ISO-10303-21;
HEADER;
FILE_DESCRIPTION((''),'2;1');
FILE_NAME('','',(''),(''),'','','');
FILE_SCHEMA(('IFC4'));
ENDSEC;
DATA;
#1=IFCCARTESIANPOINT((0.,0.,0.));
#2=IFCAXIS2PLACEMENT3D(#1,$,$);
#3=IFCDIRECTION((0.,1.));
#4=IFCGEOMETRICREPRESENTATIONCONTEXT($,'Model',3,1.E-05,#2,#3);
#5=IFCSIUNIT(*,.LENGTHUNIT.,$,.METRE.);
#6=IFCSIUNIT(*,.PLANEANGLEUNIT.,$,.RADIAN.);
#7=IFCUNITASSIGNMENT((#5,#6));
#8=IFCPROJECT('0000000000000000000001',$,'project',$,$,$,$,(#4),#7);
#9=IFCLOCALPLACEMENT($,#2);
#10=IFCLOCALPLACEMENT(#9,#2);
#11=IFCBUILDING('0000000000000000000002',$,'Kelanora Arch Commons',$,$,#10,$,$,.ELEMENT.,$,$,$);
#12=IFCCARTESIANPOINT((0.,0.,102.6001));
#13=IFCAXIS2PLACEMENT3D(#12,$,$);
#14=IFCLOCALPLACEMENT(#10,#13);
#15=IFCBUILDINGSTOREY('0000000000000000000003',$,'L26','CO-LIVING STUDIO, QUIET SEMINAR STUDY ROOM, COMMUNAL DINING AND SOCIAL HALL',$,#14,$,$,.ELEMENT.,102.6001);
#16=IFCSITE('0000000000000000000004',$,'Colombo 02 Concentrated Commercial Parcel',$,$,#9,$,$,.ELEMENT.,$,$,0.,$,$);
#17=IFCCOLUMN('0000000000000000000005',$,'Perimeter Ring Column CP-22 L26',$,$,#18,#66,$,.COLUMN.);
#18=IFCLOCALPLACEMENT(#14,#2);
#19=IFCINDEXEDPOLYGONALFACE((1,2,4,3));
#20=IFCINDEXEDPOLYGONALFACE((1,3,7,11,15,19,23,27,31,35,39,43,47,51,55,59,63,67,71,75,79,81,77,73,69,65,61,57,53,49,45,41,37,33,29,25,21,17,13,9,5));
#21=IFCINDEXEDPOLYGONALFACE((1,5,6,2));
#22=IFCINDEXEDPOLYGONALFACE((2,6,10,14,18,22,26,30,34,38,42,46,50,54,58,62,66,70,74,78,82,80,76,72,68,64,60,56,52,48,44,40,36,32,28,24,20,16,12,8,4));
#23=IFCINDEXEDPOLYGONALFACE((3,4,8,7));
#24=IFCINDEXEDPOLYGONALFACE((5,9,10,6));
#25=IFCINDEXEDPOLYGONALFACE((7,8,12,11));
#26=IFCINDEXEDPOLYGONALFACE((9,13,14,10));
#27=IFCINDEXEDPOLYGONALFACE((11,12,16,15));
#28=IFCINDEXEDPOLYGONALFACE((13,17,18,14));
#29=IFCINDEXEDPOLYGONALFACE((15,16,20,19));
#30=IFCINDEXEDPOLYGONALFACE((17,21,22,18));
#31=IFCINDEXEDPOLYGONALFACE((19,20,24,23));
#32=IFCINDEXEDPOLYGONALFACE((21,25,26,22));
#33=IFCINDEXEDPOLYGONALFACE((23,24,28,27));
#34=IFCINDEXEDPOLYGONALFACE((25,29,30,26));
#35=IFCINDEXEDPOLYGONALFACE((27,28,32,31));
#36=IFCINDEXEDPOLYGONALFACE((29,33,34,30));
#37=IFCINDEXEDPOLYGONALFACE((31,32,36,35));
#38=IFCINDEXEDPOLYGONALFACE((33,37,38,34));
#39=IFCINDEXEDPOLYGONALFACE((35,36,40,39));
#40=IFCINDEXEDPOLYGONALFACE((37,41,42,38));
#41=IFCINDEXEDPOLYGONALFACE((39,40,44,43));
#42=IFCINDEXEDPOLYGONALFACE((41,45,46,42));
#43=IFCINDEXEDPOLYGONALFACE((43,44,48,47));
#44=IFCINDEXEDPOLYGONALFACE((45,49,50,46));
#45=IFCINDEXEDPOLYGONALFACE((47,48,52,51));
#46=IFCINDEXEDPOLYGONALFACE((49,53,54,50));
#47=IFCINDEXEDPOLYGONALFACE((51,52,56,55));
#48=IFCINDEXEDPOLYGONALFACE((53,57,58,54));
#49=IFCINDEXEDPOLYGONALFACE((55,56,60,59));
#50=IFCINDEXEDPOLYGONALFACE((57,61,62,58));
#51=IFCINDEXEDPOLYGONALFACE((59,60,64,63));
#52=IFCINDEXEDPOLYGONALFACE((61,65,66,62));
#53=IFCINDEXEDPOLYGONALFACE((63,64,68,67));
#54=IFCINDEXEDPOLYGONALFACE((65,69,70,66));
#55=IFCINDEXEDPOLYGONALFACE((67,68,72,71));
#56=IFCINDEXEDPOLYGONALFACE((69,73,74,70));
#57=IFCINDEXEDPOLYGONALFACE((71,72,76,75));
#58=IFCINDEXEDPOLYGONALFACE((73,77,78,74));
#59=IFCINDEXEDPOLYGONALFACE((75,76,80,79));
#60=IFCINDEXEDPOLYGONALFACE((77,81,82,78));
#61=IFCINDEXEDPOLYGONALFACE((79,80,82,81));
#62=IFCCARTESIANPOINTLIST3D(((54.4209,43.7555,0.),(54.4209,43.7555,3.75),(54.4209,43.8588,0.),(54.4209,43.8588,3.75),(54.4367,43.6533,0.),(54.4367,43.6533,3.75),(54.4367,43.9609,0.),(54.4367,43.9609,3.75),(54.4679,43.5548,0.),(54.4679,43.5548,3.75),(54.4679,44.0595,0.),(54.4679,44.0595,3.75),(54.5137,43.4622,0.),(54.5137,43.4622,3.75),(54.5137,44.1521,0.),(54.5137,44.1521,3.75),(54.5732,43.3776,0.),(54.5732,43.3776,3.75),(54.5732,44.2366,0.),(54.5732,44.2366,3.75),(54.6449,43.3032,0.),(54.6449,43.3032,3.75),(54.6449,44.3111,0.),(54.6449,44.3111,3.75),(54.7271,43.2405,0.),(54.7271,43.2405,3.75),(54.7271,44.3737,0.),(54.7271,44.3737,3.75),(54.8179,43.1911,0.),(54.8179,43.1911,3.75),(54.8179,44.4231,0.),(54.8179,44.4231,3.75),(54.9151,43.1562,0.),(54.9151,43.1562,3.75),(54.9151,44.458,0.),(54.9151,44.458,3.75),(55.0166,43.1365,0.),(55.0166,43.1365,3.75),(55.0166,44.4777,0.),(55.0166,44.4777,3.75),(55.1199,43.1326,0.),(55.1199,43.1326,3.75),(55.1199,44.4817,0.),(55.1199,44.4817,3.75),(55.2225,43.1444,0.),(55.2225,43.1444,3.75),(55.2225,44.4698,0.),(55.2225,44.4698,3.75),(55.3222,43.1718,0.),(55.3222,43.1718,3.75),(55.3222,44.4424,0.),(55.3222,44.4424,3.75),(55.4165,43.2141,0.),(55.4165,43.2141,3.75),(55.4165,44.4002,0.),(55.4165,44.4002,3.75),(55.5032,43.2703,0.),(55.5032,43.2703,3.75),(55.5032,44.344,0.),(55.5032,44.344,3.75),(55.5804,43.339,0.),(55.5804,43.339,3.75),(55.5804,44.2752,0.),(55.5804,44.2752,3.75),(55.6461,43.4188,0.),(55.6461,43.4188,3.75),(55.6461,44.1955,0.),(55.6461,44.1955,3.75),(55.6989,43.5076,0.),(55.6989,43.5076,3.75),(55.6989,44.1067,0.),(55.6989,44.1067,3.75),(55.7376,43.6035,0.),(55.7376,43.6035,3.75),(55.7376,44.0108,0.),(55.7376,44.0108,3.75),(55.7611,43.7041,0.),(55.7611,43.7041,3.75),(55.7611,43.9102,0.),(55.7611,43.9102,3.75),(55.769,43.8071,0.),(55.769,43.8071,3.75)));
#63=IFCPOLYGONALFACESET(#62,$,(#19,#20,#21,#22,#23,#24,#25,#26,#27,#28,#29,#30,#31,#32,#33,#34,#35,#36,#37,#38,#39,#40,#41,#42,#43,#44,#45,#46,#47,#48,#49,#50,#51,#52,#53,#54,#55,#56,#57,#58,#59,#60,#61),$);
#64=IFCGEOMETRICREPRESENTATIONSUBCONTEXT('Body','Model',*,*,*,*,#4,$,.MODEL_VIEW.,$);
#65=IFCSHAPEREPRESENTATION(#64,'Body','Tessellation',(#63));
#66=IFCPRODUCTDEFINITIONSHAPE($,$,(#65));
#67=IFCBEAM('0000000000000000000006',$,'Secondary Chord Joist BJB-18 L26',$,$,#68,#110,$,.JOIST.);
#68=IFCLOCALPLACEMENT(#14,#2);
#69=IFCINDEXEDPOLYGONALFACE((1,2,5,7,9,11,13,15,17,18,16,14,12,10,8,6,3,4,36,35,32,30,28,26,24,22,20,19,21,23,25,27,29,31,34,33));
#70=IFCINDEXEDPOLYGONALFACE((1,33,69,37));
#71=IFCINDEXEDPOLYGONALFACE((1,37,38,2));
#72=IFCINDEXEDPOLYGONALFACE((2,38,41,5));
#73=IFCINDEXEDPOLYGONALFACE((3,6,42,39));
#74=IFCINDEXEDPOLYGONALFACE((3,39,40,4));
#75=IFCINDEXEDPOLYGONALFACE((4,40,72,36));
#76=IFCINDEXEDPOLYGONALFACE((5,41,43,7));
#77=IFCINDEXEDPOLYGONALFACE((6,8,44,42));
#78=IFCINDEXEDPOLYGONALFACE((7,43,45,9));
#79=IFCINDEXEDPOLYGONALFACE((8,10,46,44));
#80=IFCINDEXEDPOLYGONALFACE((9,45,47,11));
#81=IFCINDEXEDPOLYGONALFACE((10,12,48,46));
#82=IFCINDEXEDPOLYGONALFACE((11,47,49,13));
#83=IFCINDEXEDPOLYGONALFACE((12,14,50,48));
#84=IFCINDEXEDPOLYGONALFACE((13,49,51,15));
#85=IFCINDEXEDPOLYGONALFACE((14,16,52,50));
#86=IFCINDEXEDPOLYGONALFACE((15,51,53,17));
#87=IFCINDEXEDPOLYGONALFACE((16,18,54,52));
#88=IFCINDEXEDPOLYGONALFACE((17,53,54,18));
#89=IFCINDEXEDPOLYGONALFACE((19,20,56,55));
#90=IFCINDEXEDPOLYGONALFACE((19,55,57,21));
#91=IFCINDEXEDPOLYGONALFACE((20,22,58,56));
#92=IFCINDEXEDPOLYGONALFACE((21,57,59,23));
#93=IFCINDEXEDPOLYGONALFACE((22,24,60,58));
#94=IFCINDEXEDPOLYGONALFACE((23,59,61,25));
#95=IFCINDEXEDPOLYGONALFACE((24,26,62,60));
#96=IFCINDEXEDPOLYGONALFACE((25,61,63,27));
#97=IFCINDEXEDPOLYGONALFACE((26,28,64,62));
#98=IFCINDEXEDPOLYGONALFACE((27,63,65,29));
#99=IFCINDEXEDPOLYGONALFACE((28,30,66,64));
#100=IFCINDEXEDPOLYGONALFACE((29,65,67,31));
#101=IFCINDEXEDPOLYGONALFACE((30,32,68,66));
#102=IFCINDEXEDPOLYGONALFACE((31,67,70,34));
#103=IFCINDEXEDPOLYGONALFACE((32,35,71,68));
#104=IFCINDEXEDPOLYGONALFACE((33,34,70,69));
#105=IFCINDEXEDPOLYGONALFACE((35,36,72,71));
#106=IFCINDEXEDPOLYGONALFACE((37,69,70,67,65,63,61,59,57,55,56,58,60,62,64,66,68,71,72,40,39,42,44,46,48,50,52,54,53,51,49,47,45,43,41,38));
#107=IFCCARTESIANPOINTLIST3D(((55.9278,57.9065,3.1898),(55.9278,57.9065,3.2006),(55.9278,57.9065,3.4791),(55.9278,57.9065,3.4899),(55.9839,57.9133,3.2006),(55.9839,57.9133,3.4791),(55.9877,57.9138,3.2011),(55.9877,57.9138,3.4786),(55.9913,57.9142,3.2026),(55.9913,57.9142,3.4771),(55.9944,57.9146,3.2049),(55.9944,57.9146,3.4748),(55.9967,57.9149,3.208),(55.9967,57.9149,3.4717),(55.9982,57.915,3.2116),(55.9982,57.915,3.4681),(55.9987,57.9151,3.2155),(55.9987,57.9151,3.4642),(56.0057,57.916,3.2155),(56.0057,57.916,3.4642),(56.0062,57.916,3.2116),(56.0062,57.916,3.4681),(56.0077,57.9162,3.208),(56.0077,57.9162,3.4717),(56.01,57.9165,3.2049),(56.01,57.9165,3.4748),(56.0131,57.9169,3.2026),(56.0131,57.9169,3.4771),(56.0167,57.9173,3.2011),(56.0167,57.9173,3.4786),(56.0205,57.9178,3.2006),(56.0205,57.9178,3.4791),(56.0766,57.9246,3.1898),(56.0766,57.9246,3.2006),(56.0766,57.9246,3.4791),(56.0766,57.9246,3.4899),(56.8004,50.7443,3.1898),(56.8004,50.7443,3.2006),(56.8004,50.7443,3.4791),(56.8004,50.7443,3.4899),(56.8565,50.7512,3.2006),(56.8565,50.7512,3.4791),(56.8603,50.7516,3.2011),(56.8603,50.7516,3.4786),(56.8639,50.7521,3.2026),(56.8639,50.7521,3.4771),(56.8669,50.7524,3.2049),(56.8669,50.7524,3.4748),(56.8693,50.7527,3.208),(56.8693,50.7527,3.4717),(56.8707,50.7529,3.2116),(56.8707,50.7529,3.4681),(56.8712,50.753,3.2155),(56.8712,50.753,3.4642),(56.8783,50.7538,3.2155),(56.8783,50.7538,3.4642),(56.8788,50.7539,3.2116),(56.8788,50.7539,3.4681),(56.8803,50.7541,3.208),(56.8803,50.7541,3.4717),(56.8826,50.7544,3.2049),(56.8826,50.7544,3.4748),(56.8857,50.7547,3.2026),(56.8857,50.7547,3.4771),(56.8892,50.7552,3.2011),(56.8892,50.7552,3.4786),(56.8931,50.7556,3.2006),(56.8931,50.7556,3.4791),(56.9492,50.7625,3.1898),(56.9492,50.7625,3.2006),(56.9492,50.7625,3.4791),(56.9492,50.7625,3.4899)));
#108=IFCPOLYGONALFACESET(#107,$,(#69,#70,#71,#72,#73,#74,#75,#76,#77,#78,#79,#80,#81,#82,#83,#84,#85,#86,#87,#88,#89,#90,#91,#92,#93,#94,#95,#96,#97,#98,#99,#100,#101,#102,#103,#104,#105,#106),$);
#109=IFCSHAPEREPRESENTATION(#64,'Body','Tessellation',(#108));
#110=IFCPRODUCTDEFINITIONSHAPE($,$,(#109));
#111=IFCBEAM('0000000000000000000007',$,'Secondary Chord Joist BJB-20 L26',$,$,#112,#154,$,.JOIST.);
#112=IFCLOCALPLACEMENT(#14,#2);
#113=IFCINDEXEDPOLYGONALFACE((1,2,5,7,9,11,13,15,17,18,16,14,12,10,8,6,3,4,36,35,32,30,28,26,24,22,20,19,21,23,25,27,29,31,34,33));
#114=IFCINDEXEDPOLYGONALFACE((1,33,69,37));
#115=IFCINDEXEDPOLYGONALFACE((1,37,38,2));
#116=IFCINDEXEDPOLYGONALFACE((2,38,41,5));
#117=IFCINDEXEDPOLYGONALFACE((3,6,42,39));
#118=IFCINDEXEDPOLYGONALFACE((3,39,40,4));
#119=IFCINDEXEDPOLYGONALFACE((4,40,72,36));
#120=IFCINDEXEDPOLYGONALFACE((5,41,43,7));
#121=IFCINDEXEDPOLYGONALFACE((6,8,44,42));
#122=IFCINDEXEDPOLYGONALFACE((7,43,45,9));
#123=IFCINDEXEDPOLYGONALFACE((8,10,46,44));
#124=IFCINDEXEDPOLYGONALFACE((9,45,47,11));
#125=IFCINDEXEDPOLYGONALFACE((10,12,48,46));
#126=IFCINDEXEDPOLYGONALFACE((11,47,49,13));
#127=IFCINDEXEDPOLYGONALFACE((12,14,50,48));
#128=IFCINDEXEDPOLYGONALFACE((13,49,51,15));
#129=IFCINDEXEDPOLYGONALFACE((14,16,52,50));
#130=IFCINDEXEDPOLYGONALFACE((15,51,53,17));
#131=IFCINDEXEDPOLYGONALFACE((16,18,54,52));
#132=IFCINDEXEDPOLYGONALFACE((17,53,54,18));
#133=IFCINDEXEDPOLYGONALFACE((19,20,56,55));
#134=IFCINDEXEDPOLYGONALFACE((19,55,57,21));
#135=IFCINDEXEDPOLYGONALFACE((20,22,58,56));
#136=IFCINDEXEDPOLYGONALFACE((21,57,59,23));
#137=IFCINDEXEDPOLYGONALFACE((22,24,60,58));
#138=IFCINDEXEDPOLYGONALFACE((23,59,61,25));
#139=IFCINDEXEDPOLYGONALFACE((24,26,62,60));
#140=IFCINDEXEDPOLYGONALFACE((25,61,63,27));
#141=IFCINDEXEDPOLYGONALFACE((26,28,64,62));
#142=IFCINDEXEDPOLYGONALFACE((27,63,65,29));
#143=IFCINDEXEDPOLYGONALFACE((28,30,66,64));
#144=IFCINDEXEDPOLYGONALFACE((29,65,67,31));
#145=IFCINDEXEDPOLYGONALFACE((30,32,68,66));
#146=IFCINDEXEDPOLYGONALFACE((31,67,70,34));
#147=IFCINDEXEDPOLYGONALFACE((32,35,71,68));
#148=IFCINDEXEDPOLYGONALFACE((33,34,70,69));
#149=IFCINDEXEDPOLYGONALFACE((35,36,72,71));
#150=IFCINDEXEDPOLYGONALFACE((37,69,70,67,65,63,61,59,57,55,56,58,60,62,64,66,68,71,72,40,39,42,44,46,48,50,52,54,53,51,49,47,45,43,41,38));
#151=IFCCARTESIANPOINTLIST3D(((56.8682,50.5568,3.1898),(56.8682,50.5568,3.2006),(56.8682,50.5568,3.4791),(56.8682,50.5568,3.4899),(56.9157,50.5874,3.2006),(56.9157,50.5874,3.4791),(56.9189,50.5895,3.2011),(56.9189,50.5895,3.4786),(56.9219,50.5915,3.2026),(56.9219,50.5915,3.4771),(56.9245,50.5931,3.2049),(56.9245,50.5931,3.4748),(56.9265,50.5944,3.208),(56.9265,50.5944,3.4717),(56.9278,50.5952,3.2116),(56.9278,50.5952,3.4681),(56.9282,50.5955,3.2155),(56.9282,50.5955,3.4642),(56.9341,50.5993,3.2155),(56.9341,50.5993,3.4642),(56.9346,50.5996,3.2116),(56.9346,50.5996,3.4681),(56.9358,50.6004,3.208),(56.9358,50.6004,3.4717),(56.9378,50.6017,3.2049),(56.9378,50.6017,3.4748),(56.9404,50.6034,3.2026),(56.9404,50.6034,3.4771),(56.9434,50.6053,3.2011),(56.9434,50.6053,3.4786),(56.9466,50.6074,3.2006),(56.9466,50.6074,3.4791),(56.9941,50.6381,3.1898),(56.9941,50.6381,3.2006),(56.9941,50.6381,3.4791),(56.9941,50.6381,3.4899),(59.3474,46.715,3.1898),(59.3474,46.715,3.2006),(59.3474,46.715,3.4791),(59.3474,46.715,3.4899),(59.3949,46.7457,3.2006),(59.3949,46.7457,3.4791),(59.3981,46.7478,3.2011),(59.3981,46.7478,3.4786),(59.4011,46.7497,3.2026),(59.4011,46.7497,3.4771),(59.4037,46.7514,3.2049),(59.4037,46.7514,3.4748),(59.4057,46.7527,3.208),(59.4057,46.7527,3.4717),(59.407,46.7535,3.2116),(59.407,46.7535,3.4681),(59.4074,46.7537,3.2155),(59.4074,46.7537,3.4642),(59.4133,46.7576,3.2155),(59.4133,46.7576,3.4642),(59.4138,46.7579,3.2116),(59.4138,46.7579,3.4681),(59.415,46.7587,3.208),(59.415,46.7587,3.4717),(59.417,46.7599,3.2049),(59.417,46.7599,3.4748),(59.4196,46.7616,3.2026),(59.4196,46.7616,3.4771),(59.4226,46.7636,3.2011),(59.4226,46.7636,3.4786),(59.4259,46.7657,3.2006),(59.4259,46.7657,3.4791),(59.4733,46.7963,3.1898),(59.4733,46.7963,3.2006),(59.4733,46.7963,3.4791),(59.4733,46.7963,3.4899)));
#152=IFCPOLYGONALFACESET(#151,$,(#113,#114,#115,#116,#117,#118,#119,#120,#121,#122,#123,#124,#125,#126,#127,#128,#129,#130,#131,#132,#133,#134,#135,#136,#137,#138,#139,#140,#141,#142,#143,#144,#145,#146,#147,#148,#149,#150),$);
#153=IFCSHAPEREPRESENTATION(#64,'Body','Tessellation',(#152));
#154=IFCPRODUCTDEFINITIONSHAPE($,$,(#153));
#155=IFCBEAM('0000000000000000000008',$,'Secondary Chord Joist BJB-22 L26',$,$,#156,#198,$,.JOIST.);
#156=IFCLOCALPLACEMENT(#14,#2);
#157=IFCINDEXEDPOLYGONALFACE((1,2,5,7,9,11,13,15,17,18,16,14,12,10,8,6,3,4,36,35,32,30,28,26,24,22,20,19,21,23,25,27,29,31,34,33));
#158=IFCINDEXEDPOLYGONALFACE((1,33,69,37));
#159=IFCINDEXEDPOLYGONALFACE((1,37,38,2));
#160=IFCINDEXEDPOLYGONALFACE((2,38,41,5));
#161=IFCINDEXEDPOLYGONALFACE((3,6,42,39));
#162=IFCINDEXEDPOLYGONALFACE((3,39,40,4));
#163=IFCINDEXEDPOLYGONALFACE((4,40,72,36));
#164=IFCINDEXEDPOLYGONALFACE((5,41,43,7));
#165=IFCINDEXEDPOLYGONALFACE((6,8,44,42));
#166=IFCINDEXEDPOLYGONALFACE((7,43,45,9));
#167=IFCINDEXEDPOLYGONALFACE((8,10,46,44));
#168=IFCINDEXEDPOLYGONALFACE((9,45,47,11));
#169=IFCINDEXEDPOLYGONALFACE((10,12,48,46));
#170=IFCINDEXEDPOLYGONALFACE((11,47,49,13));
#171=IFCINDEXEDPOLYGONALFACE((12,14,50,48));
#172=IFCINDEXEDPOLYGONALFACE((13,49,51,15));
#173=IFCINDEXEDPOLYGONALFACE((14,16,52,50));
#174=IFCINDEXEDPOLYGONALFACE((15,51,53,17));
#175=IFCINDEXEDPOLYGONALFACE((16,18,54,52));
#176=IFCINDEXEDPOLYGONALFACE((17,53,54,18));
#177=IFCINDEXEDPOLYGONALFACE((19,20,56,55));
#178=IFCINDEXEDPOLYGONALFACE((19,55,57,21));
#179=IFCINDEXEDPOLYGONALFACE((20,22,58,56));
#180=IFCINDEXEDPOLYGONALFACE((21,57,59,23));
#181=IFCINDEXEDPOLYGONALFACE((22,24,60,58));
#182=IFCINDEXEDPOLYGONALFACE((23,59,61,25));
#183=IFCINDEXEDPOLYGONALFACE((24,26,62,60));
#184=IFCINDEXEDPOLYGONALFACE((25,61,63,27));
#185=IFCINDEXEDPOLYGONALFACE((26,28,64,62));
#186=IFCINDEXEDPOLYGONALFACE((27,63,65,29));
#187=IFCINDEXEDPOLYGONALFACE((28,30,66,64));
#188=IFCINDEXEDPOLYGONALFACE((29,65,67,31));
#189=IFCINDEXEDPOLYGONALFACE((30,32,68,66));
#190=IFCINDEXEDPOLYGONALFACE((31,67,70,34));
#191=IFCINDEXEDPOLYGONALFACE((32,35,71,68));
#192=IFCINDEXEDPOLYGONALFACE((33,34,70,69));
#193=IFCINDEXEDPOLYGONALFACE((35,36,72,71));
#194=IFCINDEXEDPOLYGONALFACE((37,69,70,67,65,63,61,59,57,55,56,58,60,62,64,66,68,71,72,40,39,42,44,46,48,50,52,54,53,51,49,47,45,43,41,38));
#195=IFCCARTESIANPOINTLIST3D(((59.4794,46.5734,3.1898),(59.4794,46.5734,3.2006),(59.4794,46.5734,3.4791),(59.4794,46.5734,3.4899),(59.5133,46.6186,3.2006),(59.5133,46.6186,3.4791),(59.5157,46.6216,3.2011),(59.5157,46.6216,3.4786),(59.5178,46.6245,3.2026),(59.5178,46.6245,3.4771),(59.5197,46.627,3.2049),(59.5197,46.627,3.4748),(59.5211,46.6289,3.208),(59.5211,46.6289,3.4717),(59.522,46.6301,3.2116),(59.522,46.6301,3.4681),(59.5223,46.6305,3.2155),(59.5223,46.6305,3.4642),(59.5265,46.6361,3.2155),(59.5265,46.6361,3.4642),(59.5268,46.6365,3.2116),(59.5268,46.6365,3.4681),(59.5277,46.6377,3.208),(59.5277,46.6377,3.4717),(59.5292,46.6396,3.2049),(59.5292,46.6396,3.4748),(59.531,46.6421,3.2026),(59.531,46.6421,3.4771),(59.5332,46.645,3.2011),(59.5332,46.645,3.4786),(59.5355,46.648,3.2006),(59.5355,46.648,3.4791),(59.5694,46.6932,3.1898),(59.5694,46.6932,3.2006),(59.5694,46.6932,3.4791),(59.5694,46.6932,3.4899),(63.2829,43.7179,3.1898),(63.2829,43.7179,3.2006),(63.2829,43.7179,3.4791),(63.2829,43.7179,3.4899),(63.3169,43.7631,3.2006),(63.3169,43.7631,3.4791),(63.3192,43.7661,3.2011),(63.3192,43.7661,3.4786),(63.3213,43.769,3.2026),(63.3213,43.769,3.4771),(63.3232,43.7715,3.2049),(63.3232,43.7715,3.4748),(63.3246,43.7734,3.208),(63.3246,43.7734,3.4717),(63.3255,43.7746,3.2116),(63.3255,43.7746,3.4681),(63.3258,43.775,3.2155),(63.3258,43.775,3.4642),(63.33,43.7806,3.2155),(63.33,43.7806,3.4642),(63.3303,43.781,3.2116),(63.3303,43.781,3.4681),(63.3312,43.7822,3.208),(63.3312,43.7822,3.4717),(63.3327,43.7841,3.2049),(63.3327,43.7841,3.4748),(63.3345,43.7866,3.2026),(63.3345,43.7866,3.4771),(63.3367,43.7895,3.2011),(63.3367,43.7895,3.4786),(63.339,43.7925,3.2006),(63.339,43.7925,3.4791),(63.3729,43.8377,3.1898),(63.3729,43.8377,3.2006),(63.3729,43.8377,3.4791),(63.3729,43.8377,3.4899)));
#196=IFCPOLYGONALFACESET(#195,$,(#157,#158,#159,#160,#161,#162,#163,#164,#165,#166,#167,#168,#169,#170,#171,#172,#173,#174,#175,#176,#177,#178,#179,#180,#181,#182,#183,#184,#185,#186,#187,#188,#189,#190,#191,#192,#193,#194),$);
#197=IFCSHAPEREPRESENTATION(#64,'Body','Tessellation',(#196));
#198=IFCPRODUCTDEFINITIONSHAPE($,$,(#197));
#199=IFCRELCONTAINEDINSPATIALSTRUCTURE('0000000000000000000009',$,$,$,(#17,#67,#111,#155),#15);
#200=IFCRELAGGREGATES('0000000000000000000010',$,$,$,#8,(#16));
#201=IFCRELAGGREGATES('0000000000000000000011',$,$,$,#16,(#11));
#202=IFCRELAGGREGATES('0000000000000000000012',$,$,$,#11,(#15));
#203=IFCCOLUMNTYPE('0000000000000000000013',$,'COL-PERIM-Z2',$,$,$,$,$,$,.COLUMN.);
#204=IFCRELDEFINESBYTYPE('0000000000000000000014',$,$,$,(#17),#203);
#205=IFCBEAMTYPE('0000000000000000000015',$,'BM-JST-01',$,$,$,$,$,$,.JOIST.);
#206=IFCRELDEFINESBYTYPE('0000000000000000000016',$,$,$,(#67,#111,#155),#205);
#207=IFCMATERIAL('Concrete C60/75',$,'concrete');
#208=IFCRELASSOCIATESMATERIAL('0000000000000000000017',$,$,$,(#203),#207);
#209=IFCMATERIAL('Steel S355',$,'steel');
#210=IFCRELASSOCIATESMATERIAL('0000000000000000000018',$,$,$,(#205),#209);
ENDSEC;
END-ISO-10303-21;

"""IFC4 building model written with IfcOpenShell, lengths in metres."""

from ifc_helpers import new_model, si_unit, direction, frame, origin, origin_2d, place, context, subcontext, project, spatial, circle, i_section, extrude, material, material_profile, profile_set, type_object, element, save


model = new_model("IFC4")

# Units and contexts
model_context = context("Model", 3, precision=1e-05, world=origin(), true_north=direction((0.0, 1.0)))
body_context = subcontext(model_context, "Body", "Model", "MODEL_VIEW")
ifc_project = project(units=[si_unit("LENGTHUNIT", "METRE"), si_unit("PLANEANGLEUNIT", "RADIAN")], contexts=[model_context])

# Site, building, storey
site_placement = place(None, origin())
site = spatial("IfcSite", under=ifc_project, at=site_placement, Name="Colombo 02 Concentrated Commercial Parcel", CompositionType="ELEMENT", RefElevation=0.0)
building_placement = place(site_placement, origin())
building = spatial("IfcBuilding", under=site, at=building_placement, Name="Kelanora Arch Commons", CompositionType="ELEMENT")
storey_placement = place(building_placement, frame((0.0, 0.0, 102.6001)))
storey = spatial("IfcBuildingStorey", under=building, at=storey_placement, Name="L26", Description="CO-LIVING STUDIO, QUIET SEMINAR STUDY ROOM, COMMUNAL DINING AND SOCIAL HALL", CompositionType="ELEMENT", Elevation=102.6001)

# Column
ifc_material_1 = material(Name="Concrete C60/75", Category="concrete")
ifc_material_profile_1 = material_profile(ifc_material_1, circle(Radius=0.675, at=origin_2d()), Name="RCC1350")
ifc_profile_set_1 = profile_set([ifc_material_profile_1], Name="Concrete C60/75")
column_type = type_object("IfcColumnType", Name="COL-PERIM-Z2", PredefinedType="COLUMN", material=ifc_profile_set_1)
column_placement = place(storey_placement, frame((55.094, 43.8071, 0.0), z_axis=(0.0, 0.0, 1.0), x_axis=(1.0, 0.0, 0.0)))
element("IfcColumn", 1, at=column_placement, inside=storey, type_object=column_type, Name="Perimeter Ring Column CP-22 L26", PredefinedType="COLUMN", context=body_context, shape_type="SweptSolid", body=[
    extrude(circle(Radius=0.675, at=origin_2d()), origin(), (0.0, 0.0, 1.0), 3.75),
])

# Beams
ifc_material_2 = material(Name="Steel S355", Category="steel")
ifc_material_profile_2 = material_profile(ifc_material_2, i_section(OverallWidth=0.1499, OverallDepth=0.3, WebThickness=0.0071, FlangeThickness=0.0107, FilletRadius=0.0149, at=origin_2d()), Name="IPE300")
ifc_profile_set_2 = profile_set([ifc_material_profile_2], Name="Steel S355")
beam_type_1 = type_object("IfcBeamType", Name="BM-JST-01", PredefinedType="JOIST", material=ifc_profile_set_2)
beam_1_placement = place(storey_placement, frame((56.0022, 57.9155, 3.3398), z_axis=(0.120936, -0.99266, 0.0), x_axis=(0.99266, 0.120936, 0.0)))
element("IfcBeam", 2, at=beam_1_placement, inside=storey, type_object=beam_type_1, Name="Secondary Chord Joist BJB-18 L26", PredefinedType="JOIST", context=body_context, shape_type="SweptSolid", body=[
    extrude(i_section(OverallWidth=0.1499, OverallDepth=0.3, WebThickness=0.0071, FlangeThickness=0.0107, FilletRadius=0.0149, at=origin_2d()), origin(), (0.0, 0.0, 1.0), 7.2151),
])
beam_2_placement = place(storey_placement, frame((56.9312, 50.5974, 3.3398), z_axis=(0.54223, -0.84023, 0.0), x_axis=(0.84023, 0.54223, 0.0)))
element("IfcBeam", 3, at=beam_2_placement, inside=storey, type_object=beam_type_1, Name="Secondary Chord Joist BJB-20 L26", PredefinedType="JOIST", context=body_context, shape_type="SweptSolid", body=[
    extrude(i_section(OverallWidth=0.1499, OverallDepth=0.3, WebThickness=0.0071, FlangeThickness=0.0107, FilletRadius=0.0149, at=origin_2d()), origin(), (0.0, 0.0, 1.0), 4.5723),
])
beam_3_placement = place(storey_placement, frame((59.5244, 46.6333, 3.3398), z_axis=(0.79971, -0.600386, 0.0), x_axis=(0.600386, 0.79971, 0.0)))
element("IfcBeam", 4, at=beam_3_placement, inside=storey, type_object=beam_type_1, Name="Secondary Chord Joist BJB-22 L26", PredefinedType="JOIST", context=body_context, shape_type="SweptSolid", body=[
    extrude(i_section(OverallWidth=0.1499, OverallDepth=0.3, WebThickness=0.0071, FlangeThickness=0.0107, FilletRadius=0.0149, at=origin_2d()), origin(), (0.0, 0.0, 1.0), 4.7561),
])

save(model, "model.ifc")
